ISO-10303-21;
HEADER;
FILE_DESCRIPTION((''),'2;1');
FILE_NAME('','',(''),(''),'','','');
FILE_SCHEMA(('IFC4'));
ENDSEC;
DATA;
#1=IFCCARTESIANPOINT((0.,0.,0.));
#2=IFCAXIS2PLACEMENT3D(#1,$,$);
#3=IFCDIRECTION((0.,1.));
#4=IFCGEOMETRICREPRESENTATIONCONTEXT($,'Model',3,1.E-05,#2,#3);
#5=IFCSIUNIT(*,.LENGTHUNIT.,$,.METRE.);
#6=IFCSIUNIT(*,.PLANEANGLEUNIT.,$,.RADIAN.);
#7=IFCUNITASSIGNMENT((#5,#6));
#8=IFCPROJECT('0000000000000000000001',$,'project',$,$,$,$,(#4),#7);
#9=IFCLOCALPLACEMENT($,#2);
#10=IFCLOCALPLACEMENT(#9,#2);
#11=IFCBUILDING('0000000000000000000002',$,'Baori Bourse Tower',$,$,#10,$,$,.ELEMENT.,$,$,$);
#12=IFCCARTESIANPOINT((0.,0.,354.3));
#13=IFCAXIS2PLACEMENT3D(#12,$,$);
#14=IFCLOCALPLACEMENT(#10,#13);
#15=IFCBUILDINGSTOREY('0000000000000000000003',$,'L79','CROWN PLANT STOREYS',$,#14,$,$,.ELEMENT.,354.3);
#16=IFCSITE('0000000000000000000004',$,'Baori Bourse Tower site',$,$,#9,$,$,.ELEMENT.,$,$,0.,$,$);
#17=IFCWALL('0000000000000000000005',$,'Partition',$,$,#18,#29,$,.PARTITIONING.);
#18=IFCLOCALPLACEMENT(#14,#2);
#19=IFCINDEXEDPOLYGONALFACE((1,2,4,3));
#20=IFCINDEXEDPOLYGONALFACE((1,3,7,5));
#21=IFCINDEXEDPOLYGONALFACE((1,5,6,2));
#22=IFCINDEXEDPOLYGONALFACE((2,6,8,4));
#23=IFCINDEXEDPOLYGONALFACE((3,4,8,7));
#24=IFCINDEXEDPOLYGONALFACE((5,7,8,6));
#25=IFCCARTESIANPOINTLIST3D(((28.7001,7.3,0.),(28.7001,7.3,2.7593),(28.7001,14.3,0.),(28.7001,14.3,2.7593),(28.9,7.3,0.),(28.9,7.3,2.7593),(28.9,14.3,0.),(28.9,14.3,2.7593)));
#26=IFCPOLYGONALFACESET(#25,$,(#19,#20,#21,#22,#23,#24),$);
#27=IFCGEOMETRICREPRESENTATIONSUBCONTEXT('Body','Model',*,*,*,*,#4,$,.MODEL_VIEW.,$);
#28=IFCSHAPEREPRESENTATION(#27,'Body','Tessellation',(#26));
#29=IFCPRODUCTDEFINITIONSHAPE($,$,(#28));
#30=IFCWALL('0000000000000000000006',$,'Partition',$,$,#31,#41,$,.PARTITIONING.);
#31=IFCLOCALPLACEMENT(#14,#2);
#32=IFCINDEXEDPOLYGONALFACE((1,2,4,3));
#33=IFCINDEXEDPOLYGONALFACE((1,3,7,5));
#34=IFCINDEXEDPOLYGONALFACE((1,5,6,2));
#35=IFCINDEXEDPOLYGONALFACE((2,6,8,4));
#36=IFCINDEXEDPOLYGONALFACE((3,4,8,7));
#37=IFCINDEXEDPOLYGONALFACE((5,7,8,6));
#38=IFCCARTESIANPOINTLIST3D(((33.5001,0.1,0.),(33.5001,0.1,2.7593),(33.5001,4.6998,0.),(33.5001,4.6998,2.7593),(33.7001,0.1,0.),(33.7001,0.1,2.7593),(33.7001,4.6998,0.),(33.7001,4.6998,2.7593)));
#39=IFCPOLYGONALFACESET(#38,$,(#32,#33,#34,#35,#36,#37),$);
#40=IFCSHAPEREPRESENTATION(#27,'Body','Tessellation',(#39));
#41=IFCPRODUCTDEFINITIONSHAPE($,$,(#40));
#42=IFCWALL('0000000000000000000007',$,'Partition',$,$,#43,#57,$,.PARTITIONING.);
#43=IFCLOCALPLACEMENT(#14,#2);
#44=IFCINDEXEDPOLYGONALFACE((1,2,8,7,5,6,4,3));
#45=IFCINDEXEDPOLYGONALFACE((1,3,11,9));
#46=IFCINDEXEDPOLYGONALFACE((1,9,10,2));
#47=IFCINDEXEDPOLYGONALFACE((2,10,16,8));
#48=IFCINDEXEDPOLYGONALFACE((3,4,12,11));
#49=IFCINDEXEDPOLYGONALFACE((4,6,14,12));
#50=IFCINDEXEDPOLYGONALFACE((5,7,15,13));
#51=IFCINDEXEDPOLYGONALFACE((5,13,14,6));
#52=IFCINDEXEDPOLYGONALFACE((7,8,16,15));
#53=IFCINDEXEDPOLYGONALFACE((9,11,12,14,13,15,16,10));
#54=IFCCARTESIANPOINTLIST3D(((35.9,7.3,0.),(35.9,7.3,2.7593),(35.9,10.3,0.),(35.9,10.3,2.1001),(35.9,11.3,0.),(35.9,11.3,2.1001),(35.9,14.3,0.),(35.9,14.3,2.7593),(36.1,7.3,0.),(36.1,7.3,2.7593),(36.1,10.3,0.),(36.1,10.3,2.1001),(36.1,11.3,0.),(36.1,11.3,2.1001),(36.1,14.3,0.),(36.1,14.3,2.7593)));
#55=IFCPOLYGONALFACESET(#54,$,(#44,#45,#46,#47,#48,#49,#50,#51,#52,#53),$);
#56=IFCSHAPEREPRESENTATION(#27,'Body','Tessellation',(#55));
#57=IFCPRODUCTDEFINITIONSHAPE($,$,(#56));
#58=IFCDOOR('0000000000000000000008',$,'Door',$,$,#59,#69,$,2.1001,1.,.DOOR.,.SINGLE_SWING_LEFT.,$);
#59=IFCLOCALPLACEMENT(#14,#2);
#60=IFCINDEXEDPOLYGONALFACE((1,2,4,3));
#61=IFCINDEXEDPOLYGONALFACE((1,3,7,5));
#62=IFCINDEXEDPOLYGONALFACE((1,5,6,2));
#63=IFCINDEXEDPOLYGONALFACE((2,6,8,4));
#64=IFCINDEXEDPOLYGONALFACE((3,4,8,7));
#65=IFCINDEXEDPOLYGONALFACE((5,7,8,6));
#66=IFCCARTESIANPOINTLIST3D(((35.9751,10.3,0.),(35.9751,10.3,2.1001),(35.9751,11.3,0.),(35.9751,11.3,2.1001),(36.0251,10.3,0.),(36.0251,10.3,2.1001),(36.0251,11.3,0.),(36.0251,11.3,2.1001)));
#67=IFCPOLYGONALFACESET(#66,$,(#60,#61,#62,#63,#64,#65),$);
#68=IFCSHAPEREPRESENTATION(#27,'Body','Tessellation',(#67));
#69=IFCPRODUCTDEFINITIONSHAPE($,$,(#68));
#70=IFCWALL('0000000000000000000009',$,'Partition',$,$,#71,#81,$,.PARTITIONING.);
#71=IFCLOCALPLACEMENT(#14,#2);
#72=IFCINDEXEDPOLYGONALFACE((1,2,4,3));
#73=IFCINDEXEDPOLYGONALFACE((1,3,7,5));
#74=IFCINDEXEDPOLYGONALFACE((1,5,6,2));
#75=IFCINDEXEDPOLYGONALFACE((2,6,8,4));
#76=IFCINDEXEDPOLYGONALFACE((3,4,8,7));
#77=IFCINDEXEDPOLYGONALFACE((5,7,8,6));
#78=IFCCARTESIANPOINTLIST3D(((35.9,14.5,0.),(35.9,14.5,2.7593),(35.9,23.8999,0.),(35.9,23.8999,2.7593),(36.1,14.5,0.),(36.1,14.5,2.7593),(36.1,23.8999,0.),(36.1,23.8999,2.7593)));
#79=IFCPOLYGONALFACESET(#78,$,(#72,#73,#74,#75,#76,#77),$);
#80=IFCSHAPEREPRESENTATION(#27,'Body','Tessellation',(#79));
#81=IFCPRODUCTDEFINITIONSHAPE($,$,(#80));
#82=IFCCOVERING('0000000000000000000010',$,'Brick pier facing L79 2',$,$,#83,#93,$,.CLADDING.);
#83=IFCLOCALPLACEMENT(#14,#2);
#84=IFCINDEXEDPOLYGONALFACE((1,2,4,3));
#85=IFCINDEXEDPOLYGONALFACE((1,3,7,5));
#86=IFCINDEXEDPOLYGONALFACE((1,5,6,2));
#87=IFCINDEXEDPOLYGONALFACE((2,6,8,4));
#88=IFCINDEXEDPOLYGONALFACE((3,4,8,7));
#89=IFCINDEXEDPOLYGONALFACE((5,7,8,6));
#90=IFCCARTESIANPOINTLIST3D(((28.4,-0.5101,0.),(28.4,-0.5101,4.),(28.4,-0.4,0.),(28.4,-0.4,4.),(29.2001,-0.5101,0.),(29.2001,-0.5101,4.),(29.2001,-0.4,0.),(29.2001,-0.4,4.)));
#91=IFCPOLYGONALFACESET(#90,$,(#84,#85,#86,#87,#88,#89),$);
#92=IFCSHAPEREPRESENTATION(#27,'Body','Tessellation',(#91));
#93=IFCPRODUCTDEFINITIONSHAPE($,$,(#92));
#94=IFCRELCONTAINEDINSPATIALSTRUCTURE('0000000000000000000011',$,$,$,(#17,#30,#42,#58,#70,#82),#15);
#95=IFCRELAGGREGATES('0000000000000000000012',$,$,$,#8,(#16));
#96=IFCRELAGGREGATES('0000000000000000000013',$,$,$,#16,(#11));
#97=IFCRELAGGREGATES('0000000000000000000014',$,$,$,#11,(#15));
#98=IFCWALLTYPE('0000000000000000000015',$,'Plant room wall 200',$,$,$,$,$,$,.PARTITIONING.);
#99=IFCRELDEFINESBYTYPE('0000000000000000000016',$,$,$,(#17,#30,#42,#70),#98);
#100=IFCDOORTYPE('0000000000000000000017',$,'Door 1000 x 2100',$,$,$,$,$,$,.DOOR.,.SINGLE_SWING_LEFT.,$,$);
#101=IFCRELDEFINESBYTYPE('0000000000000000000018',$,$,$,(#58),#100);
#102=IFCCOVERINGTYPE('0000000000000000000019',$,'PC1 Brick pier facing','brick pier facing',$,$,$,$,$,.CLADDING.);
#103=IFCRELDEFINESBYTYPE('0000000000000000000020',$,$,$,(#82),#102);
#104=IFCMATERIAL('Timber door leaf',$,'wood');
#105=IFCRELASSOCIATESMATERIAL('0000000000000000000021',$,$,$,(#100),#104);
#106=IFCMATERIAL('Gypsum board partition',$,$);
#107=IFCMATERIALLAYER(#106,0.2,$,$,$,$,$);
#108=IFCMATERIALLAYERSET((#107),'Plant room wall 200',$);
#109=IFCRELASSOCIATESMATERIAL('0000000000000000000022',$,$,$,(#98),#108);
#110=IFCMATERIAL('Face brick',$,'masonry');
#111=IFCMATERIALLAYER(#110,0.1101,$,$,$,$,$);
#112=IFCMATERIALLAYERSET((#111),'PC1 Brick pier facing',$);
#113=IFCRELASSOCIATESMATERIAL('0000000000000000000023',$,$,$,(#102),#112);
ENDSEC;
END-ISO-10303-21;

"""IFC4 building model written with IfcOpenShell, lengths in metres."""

from ifc_helpers import new_model, si_unit, direction, frame, frame_2d, origin, origin_2d, place, context, subcontext, project, spatial, rectangle, extrude, material, layer, layer_set, type_object, element, fill, save


model = new_model("IFC4")

# Units and contexts
model_context = context("Model", 3, precision=1e-05, world=origin(), true_north=direction((0.0, 1.0)))
body_context = subcontext(model_context, "Body", "Model", "MODEL_VIEW")
ifc_project = project(units=[si_unit("LENGTHUNIT", "METRE"), si_unit("PLANEANGLEUNIT", "RADIAN")], contexts=[model_context])

# Site, building, storey
site_placement = place(None, origin())
site = spatial("IfcSite", under=ifc_project, at=site_placement, Name="Baori Bourse Tower site", CompositionType="ELEMENT", RefElevation=0.0)
building_placement = place(site_placement, origin())
building = spatial("IfcBuilding", under=site, at=building_placement, Name="Baori Bourse Tower", CompositionType="ELEMENT")
storey_placement = place(building_placement, frame((0.0, 0.0, 354.3)))
storey = spatial("IfcBuildingStorey", under=building, at=storey_placement, Name="L79", Description="CROWN PLANT STOREYS", CompositionType="ELEMENT", Elevation=354.3)

# Shared definitions
ifc_material_1 = material(Name="Timber door leaf", Category="wood")
door_type = type_object("IfcDoorType", Name="Door 1000 x 2100", OperationType="SINGLE_SWING_LEFT", PredefinedType="DOOR", material=ifc_material_1)

# Shared definitions
ifc_material_2 = material(Name="Gypsum board partition")
ifc_layer_1 = layer(ifc_material_2, 0.2)
ifc_layer_set_1 = layer_set([ifc_layer_1], Name="Plant room wall 200")
wall_type_1 = type_object("IfcWallType", Name="Plant room wall 200", PredefinedType="PARTITIONING", material=ifc_layer_set_1)

# Walls
wall_1_placement = place(storey_placement, frame((28.8, 7.3, 0.0), z_axis=(0.0, 0.0, 1.0), x_axis=(0.0, 1.0, 0.0)))
element("IfcWall", 1, at=wall_1_placement, inside=storey, type_object=wall_type_1, Name="Partition", PredefinedType="PARTITIONING", context=body_context, shape_type="SweptSolid", body=[
    extrude(rectangle(XDim=7.0, YDim=0.2, at=frame_2d((3.5, 0.0))), origin(), (0.0, 0.0, 1.0), 2.7593),
])
wall_2_placement = place(storey_placement, frame((33.6001, 0.1001, 0.0), z_axis=(0.0, 0.0, 1.0), x_axis=(0.0, 1.0, 0.0)))
element("IfcWall", 2, at=wall_2_placement, inside=storey, type_object=wall_type_1, Name="Partition", PredefinedType="PARTITIONING", context=body_context, shape_type="SweptSolid", body=[
    extrude(rectangle(XDim=4.5999, YDim=0.2, at=frame_2d((2.2998, 0.0))), origin(), (0.0, 0.0, 1.0), 2.7593),
])

# Wall, opening, door
wall_3_placement = place(storey_placement, frame((36.0, 7.3, 0.0), z_axis=(0.0, 0.0, 1.0), x_axis=(0.0, 1.0, 0.0)))
wall_3 = element("IfcWall", 3, at=wall_3_placement, inside=storey, type_object=wall_type_1, Name="Partition", PredefinedType="PARTITIONING", context=body_context, shape_type="SweptSolid", body=[
    extrude(rectangle(XDim=7.0, YDim=0.2, at=frame_2d((3.5, 0.0))), origin(), (0.0, 0.0, 1.0), 2.7593),
])
opening_1_placement = place(wall_3_placement, frame((3.0, 0.0, 0.0)))
opening_1 = element("IfcOpeningElement", 4, at=opening_1_placement, cuts=wall_3, PredefinedType="OPENING", context=body_context, shape_type="SweptSolid", body=[
    extrude(rectangle(XDim=1.0, YDim=2.1001, at=frame_2d((0.5, 1.05))), frame((0.0, 0.1099, 0.0), z_axis=(0.0, -1.0, 0.0), x_axis=(1.0, 0.0, 0.0)), (0.0, 0.0, 1.0), 0.22),
])
door_1_placement = place(opening_1_placement, origin())
door_1 = element("IfcDoor", 5, at=door_1_placement, inside=storey, type_object=door_type, Name="Door", OperationType="SINGLE_SWING_LEFT", OverallHeight=2.1001, OverallWidth=1.0, PredefinedType="DOOR", context=body_context, shape_type="SweptSolid", body=[
    extrude(rectangle(XDim=1.0, YDim=2.1001, at=frame_2d((0.5, 1.05))), frame((0.0, 0.0249, 0.0), z_axis=(0.0, -1.0, 0.0), x_axis=(1.0, 0.0, 0.0)), (0.0, 0.0, 1.0), 0.05),
])
fill(opening_1, door_1)

# Wall
wall_4_placement = place(storey_placement, frame((36.0, 14.5, 0.0), z_axis=(0.0, 0.0, 1.0), x_axis=(0.0, 1.0, 0.0)))
element("IfcWall", 6, at=wall_4_placement, inside=storey, type_object=wall_type_1, Name="Partition", PredefinedType="PARTITIONING", context=body_context, shape_type="SweptSolid", body=[
    extrude(rectangle(XDim=9.3999, YDim=0.2, at=frame_2d((4.7, 0.0))), origin(), (0.0, 0.0, 1.0), 2.7593),
])

# Covering
ifc_material_3 = material(Name="Face brick", Category="masonry")
ifc_layer_2 = layer(ifc_material_3, 0.1101)
ifc_layer_set_2 = layer_set([ifc_layer_2], Name="PC1 Brick pier facing")
covering_type = type_object("IfcCoveringType", Name="PC1 Brick pier facing", Description="brick pier facing", PredefinedType="CLADDING", material=ifc_layer_set_2)
covering_placement = place(storey_placement, frame((28.8, -0.4551, 0.0), z_axis=(0.0, 0.0, 1.0), x_axis=(1.0, 0.0, 0.0)))
element("IfcCovering", 7, at=covering_placement, inside=storey, type_object=covering_type, Name="Brick pier facing L79 2", PredefinedType="CLADDING", context=body_context, shape_type="SweptSolid", body=[
    extrude(rectangle(XDim=0.8, YDim=0.1101, at=origin_2d()), origin(), (0.0, 0.0, 1.0), 4.0),
])

save(model, "model.ifc")
